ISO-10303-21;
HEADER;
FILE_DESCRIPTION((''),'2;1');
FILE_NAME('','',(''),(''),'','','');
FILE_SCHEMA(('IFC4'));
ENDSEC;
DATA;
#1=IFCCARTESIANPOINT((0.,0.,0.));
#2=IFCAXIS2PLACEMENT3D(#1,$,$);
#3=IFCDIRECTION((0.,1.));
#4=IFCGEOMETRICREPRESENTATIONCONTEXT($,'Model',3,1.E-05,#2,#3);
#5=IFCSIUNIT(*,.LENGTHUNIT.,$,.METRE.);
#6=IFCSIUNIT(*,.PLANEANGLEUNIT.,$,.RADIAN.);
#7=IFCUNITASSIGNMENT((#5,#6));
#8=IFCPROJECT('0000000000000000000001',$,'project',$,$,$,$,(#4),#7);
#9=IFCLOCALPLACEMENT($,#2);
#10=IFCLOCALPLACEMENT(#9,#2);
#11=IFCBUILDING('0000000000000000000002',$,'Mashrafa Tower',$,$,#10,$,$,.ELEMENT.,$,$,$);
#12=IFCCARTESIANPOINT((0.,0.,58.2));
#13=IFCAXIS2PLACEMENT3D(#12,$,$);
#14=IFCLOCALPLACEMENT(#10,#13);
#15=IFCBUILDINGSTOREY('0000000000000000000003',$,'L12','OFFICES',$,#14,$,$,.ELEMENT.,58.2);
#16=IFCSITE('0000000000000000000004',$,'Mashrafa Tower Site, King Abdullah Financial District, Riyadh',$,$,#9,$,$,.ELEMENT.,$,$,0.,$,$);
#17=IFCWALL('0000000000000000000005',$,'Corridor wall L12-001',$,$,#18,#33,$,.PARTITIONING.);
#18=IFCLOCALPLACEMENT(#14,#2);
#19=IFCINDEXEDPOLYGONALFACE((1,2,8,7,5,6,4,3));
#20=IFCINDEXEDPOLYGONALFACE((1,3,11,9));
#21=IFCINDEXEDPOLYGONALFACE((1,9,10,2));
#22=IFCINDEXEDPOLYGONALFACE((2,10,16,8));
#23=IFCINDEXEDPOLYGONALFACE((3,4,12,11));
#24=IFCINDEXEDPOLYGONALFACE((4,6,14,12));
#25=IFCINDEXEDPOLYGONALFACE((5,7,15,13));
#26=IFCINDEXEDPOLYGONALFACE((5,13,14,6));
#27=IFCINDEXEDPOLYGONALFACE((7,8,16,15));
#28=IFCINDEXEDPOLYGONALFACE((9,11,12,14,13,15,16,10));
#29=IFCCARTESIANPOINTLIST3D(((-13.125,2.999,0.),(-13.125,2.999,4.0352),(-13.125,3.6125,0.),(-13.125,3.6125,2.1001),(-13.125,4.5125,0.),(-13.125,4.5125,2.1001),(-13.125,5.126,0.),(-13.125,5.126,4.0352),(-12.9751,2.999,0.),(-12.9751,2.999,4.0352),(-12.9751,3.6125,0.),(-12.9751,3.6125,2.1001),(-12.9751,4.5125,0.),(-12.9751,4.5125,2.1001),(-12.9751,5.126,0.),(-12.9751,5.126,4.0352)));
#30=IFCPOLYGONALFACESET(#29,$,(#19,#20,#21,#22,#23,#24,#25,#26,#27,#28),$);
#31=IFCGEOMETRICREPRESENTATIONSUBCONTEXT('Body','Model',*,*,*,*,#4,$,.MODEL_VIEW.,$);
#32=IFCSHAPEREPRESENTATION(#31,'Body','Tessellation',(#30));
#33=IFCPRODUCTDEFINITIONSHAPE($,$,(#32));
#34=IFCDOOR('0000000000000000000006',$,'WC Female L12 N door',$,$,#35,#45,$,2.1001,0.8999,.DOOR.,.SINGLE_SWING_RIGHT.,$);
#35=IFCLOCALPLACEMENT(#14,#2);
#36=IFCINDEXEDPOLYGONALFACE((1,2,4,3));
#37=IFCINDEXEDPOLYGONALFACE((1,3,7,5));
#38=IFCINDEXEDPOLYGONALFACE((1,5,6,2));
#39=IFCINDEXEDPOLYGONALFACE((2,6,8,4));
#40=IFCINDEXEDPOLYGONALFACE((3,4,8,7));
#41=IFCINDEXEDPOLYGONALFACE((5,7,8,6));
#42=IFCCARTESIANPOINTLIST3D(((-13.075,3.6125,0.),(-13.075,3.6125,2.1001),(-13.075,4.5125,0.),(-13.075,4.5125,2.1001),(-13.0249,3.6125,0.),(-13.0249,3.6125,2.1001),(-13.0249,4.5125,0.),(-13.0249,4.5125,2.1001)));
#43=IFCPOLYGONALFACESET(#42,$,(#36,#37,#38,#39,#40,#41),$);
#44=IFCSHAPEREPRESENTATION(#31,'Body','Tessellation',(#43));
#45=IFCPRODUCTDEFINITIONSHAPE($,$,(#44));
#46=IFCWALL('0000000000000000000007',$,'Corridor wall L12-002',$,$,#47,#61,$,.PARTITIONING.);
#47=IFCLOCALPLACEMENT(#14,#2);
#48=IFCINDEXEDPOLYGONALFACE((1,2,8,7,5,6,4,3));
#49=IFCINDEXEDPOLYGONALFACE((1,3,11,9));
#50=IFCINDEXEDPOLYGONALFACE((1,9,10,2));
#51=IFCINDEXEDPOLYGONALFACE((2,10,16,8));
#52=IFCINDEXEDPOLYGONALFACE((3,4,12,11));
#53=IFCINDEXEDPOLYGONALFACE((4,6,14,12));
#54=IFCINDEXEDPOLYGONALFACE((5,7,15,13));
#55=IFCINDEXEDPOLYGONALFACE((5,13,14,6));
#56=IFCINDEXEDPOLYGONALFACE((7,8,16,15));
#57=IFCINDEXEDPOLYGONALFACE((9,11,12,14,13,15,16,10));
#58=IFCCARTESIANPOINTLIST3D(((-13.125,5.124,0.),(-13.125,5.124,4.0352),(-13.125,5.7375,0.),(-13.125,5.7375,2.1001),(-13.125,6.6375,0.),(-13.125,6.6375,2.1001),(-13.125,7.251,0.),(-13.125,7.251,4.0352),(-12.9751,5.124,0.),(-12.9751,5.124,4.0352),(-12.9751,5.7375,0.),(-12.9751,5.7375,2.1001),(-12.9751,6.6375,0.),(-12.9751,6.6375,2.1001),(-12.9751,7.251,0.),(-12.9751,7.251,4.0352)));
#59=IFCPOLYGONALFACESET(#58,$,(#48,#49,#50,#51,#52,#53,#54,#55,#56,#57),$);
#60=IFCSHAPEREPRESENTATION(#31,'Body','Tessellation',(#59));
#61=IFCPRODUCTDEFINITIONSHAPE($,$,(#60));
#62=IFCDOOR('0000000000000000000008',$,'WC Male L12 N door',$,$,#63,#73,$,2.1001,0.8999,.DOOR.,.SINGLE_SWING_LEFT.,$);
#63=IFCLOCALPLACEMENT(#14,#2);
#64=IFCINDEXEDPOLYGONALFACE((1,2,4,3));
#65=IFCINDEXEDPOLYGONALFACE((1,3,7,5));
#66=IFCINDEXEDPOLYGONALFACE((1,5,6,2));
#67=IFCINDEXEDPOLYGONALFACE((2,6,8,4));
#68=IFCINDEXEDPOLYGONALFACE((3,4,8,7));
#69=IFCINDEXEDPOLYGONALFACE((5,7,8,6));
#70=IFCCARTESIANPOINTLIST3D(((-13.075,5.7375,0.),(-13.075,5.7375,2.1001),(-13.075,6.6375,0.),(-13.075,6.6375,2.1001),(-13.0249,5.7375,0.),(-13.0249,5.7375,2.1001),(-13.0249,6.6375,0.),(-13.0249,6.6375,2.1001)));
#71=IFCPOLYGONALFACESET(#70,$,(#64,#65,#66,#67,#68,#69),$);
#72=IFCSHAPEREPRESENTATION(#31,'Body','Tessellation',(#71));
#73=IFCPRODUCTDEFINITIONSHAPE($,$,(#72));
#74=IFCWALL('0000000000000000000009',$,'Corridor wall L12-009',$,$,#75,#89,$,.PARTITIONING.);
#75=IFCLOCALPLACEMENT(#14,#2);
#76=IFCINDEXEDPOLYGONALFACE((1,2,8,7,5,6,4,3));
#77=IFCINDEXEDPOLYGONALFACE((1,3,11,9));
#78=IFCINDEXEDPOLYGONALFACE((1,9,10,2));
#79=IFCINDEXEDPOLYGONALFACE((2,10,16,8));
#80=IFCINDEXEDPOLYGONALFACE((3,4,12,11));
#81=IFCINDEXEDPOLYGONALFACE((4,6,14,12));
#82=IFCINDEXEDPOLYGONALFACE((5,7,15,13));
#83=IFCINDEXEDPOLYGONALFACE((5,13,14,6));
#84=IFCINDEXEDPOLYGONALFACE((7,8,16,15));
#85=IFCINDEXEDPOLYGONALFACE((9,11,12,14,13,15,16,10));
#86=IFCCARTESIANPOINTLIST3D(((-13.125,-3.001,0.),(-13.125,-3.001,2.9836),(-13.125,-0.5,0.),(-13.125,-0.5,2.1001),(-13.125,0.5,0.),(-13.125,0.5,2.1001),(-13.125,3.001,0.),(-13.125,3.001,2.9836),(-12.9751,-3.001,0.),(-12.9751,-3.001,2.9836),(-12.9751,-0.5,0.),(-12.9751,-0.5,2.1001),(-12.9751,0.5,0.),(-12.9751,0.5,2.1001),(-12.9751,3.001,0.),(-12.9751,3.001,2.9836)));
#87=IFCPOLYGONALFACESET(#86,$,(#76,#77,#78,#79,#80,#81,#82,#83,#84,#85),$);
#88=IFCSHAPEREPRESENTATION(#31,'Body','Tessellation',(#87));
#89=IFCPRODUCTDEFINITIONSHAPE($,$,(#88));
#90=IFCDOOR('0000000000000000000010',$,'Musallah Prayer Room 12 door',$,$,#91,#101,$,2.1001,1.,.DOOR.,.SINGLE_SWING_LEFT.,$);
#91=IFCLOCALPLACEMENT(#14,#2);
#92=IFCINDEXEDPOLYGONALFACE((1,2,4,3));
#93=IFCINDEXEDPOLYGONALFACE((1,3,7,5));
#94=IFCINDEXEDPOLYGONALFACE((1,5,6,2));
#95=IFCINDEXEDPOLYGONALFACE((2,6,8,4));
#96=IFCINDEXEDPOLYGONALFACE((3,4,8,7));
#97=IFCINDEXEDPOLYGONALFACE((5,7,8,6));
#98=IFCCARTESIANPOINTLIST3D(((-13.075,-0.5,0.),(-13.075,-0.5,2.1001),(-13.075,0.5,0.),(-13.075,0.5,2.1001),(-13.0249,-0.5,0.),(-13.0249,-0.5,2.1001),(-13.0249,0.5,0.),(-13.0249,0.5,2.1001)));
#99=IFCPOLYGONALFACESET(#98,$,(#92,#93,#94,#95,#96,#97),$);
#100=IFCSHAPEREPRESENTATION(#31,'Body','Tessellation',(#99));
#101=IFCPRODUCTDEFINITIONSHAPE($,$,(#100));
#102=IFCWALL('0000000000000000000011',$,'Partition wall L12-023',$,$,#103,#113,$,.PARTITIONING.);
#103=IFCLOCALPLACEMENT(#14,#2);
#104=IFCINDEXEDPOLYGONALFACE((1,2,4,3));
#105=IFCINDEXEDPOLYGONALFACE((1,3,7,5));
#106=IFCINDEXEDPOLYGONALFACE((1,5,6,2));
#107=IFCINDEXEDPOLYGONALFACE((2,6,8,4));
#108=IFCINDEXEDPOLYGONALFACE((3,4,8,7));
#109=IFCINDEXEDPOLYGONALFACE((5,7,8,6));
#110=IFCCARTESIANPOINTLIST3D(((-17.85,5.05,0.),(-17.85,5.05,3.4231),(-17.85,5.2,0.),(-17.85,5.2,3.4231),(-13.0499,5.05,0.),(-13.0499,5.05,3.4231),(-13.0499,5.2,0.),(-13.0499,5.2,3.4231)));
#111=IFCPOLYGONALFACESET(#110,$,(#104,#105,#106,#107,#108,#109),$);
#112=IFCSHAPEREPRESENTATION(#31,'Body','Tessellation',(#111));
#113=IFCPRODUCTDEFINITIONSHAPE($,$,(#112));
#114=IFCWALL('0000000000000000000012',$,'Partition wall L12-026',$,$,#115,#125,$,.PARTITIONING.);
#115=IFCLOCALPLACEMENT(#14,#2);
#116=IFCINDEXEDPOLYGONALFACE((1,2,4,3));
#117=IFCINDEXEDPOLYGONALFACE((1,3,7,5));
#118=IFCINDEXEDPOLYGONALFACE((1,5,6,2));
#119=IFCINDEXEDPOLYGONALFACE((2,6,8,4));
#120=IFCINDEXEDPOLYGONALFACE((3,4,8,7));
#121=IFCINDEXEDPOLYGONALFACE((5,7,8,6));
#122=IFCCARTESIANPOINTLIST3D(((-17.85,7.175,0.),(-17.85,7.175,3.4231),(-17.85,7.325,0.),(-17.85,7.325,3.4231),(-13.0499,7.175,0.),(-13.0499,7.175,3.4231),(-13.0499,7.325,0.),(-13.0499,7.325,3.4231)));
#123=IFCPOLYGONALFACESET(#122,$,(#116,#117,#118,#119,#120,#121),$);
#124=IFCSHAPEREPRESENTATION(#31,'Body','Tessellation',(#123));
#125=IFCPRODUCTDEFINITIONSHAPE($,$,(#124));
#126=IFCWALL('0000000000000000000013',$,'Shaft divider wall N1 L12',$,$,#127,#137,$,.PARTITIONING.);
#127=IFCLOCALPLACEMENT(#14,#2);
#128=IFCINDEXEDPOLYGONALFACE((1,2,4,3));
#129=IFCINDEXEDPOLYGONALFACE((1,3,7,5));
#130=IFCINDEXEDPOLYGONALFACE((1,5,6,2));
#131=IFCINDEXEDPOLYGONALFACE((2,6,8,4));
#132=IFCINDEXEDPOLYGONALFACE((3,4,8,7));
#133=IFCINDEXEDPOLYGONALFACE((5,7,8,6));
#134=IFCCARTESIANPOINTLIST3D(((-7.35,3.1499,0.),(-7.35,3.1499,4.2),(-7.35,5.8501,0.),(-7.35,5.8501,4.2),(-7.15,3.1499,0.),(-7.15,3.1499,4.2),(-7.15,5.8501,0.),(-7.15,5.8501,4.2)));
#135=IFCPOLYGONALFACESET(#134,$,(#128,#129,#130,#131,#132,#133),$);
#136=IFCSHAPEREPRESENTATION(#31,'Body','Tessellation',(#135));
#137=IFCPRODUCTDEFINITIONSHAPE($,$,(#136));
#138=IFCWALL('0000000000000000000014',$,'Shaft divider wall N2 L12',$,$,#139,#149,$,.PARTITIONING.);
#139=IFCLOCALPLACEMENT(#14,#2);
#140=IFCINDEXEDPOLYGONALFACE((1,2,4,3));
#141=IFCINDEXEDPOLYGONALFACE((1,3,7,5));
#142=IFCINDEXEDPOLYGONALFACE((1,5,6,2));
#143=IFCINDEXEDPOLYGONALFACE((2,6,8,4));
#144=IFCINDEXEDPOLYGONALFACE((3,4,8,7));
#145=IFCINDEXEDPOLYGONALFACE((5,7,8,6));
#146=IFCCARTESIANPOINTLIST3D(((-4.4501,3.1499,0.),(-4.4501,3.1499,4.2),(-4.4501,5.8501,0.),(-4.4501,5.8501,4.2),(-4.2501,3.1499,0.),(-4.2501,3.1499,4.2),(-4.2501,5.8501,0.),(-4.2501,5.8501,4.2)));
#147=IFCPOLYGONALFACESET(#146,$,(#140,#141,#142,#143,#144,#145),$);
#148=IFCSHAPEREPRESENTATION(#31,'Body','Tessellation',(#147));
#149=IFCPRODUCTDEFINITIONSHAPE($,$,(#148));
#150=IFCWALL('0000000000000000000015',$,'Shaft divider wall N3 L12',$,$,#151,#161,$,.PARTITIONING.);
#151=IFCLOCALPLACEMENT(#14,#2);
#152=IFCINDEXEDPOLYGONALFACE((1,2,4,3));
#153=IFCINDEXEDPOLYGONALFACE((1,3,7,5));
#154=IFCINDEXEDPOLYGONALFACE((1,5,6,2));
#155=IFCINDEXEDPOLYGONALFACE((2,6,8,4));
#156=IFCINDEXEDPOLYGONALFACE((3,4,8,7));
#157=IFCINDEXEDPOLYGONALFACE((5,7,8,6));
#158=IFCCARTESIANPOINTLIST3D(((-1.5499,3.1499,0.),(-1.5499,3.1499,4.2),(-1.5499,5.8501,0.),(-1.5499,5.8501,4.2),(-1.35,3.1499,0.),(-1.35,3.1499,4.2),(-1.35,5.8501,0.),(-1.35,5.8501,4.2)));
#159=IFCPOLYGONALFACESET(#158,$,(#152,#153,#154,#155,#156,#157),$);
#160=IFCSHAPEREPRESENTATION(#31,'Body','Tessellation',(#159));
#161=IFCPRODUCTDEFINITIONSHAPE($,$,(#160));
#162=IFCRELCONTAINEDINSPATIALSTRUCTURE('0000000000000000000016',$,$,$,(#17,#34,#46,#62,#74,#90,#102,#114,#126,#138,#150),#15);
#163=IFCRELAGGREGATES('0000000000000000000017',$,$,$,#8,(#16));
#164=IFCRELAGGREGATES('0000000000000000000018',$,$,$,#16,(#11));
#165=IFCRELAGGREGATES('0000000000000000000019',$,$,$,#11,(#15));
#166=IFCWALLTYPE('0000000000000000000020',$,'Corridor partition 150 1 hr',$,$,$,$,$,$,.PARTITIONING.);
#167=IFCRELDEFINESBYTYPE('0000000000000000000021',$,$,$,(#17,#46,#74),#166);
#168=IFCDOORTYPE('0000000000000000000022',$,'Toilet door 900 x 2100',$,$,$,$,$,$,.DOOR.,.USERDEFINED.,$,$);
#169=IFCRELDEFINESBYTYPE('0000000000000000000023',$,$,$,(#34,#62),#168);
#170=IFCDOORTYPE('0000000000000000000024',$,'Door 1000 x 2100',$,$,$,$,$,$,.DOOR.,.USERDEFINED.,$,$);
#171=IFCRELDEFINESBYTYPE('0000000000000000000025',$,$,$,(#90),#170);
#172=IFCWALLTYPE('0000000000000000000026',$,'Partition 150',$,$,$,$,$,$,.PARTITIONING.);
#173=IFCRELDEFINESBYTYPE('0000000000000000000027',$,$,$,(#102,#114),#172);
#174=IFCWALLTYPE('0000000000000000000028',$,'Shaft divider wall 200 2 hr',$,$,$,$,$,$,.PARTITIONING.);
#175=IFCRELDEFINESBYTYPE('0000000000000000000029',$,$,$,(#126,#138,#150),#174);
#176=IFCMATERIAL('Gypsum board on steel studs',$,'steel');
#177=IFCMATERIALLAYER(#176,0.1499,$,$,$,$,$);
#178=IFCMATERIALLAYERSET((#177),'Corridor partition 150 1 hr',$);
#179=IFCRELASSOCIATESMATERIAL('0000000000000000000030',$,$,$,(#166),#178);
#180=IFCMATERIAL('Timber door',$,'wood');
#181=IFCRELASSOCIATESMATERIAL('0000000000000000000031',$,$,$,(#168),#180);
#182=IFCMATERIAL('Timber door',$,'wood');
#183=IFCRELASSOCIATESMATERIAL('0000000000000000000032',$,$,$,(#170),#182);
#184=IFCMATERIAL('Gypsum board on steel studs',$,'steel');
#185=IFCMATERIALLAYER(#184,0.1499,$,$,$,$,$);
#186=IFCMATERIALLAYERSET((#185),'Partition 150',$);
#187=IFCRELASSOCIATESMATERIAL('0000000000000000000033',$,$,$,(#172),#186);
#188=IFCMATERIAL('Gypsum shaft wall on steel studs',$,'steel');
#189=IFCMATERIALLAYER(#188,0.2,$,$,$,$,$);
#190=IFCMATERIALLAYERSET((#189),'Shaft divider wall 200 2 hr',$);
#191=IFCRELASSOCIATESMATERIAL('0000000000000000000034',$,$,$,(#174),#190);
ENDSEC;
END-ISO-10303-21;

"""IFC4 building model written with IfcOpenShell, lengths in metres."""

from ifc_helpers import new_model, si_unit, direction, frame, frame_2d, origin, place, context, subcontext, project, spatial, rectangle, extrude, material, layer, layer_set, type_object, element, fill, save


model = new_model("IFC4")

# Units and contexts
model_context = context("Model", 3, precision=1e-05, world=origin(), true_north=direction((0.0, 1.0)))
body_context = subcontext(model_context, "Body", "Model", "MODEL_VIEW")
ifc_project = project(units=[si_unit("LENGTHUNIT", "METRE"), si_unit("PLANEANGLEUNIT", "RADIAN")], contexts=[model_context])

# Site, building, storey
site_placement = place(None, origin())
site = spatial("IfcSite", under=ifc_project, at=site_placement, Name="Mashrafa Tower Site, King Abdullah Financial District, Riyadh", CompositionType="ELEMENT", RefElevation=0.0)
building_placement = place(site_placement, origin())
building = spatial("IfcBuilding", under=site, at=building_placement, Name="Mashrafa Tower", CompositionType="ELEMENT")
storey_placement = place(building_placement, frame((0.0, 0.0, 58.2)))
storey = spatial("IfcBuildingStorey", under=building, at=storey_placement, Name="L12", Description="OFFICES", CompositionType="ELEMENT", Elevation=58.2)

# Walls, openings, doors
ifc_material_1 = material(Name="Gypsum board on steel studs", Category="steel")
ifc_layer_1 = layer(ifc_material_1, 0.1499)
ifc_layer_set_1 = layer_set([ifc_layer_1], Name="Corridor partition 150 1 hr")
wall_type_1 = type_object("IfcWallType", Name="Corridor partition 150 1 hr", PredefinedType="PARTITIONING", material=ifc_layer_set_1)
wall_1_placement = place(storey_placement, frame((-13.05, 5.126, 0.0), z_axis=(0.0, 0.0, 1.0), x_axis=(0.0, -1.0, 0.0)))
wall_1 = element("IfcWall", 1, at=wall_1_placement, inside=storey, type_object=wall_type_1, Name="Corridor wall L12-001", PredefinedType="PARTITIONING", context=body_context, shape_type="SweptSolid", body=[
    extrude(rectangle(XDim=2.127, YDim=0.1499, at=frame_2d((1.0635, 0.0))), origin(), (0.0, 0.0, 1.0), 4.0352),
])
opening_1_placement = place(wall_1_placement, frame((0.6135, 0.0, 0.0)))
opening_1 = element("IfcOpeningElement", 2, at=opening_1_placement, cuts=wall_1, PredefinedType="OPENING", context=body_context, shape_type="SweptSolid", body=[
    extrude(rectangle(XDim=0.8999, YDim=2.1001, at=frame_2d((0.45, 1.05))), frame((0.0, 0.085, 0.0), z_axis=(0.0, -1.0, 0.0), x_axis=(1.0, 0.0, 0.0)), (0.0, 0.0, 1.0), 0.1699),
])
ifc_material_2 = material(Name="Timber door", Category="wood")
door_type_1 = type_object("IfcDoorType", Name="Toilet door 900 x 2100", OperationType="USERDEFINED", PredefinedType="DOOR", material=ifc_material_2)
door_1_placement = place(opening_1_placement, frame((0.8999, 0.0, 0.0), z_axis=(0.0, 0.0, 1.0), x_axis=(-1.0, 0.0, 0.0)))
door_1 = element("IfcDoor", 3, at=door_1_placement, inside=storey, type_object=door_type_1, Name="WC Female L12 N door", OperationType="SINGLE_SWING_RIGHT", OverallHeight=2.1001, OverallWidth=0.8999, PredefinedType="DOOR", context=body_context, shape_type="SweptSolid", body=[
    extrude(rectangle(XDim=0.8999, YDim=2.1001, at=frame_2d((0.45, 1.05))), frame((0.0, 0.0249, 0.0), z_axis=(0.0, -1.0, 0.0), x_axis=(1.0, 0.0, 0.0)), (0.0, 0.0, 1.0), 0.05),
])
fill(opening_1, door_1)
wall_2_placement = place(storey_placement, frame((-13.05, 7.251, 0.0), z_axis=(0.0, 0.0, 1.0), x_axis=(0.0, -1.0, 0.0)))
wall_2 = element("IfcWall", 4, at=wall_2_placement, inside=storey, type_object=wall_type_1, Name="Corridor wall L12-002", PredefinedType="PARTITIONING", context=body_context, shape_type="SweptSolid", body=[
    extrude(rectangle(XDim=2.127, YDim=0.1499, at=frame_2d((1.0635, 0.0))), origin(), (0.0, 0.0, 1.0), 4.0352),
])
opening_2_placement = place(wall_2_placement, frame((0.6135, 0.0, 0.0)))
opening_2 = element("IfcOpeningElement", 5, at=opening_2_placement, cuts=wall_2, PredefinedType="OPENING", context=body_context, shape_type="SweptSolid", body=[
    extrude(rectangle(XDim=0.8999, YDim=2.1001, at=frame_2d((0.45, 1.05))), frame((0.0, 0.085, 0.0), z_axis=(0.0, -1.0, 0.0), x_axis=(1.0, 0.0, 0.0)), (0.0, 0.0, 1.0), 0.1699),
])
door_2_placement = place(opening_2_placement, frame((0.8999, 0.0, 0.0), z_axis=(0.0, 0.0, 1.0), x_axis=(-1.0, 0.0, 0.0)))
door_2 = element("IfcDoor", 6, at=door_2_placement, inside=storey, type_object=door_type_1, Name="WC Male L12 N door", OperationType="SINGLE_SWING_LEFT", OverallHeight=2.1001, OverallWidth=0.8999, PredefinedType="DOOR", context=body_context, shape_type="SweptSolid", body=[
    extrude(rectangle(XDim=0.8999, YDim=2.1001, at=frame_2d((0.45, 1.05))), frame((0.0, 0.0249, 0.0), z_axis=(0.0, -1.0, 0.0), x_axis=(1.0, 0.0, 0.0)), (0.0, 0.0, 1.0), 0.05),
])
fill(opening_2, door_2)
wall_3_placement = place(storey_placement, frame((-13.05, 3.001, 0.0), z_axis=(0.0, 0.0, 1.0), x_axis=(0.0, -1.0, 0.0)))
wall_3 = element("IfcWall", 7, at=wall_3_placement, inside=storey, type_object=wall_type_1, Name="Corridor wall L12-009", PredefinedType="PARTITIONING", context=body_context, shape_type="SweptSolid", body=[
    extrude(rectangle(XDim=6.002, YDim=0.1499, at=frame_2d((3.001, 0.0))), origin(), (0.0, 0.0, 1.0), 2.9836),
])
opening_3_placement = place(wall_3_placement, frame((2.501, 0.0, 0.0)))
opening_3 = element("IfcOpeningElement", 8, at=opening_3_placement, cuts=wall_3, PredefinedType="OPENING", context=body_context, shape_type="SweptSolid", body=[
    extrude(rectangle(XDim=1.0, YDim=2.1001, at=frame_2d((0.5, 1.05))), frame((0.0, 0.085, 0.0), z_axis=(0.0, -1.0, 0.0), x_axis=(1.0, 0.0, 0.0)), (0.0, 0.0, 1.0), 0.1699),
])
ifc_material_3 = material(Name="Timber door", Category="wood")
door_type_2 = type_object("IfcDoorType", Name="Door 1000 x 2100", OperationType="USERDEFINED", PredefinedType="DOOR", material=ifc_material_3)
door_3_placement = place(opening_3_placement, frame((1.0, 0.0, 0.0), z_axis=(0.0, 0.0, 1.0), x_axis=(-1.0, 0.0, 0.0)))
door_3 = element("IfcDoor", 9, at=door_3_placement, inside=storey, type_object=door_type_2, Name="Musallah Prayer Room 12 door", OperationType="SINGLE_SWING_LEFT", OverallHeight=2.1001, OverallWidth=1.0, PredefinedType="DOOR", context=body_context, shape_type="SweptSolid", body=[
    extrude(rectangle(XDim=1.0, YDim=2.1001, at=frame_2d((0.5, 1.05))), frame((0.0, 0.0249, 0.0), z_axis=(0.0, -1.0, 0.0), x_axis=(1.0, 0.0, 0.0)), (0.0, 0.0, 1.0), 0.05),
])
fill(opening_3, door_3)

# Walls
ifc_material_4 = material(Name="Gypsum board on steel studs", Category="steel")
ifc_layer_2 = layer(ifc_material_4, 0.1499)
ifc_layer_set_2 = layer_set([ifc_layer_2], Name="Partition 150")
wall_type_2 = type_object("IfcWallType", Name="Partition 150", PredefinedType="PARTITIONING", material=ifc_layer_set_2)
for number, where, z_axis, x_axis, name in (
    (10, (-13.05, 5.125, 0.0), (0.0, 0.0, 1.0), (-1.0, 0.0, 0.0), "Partition wall L12-023"),
    (11, (-13.05, 7.25, 0.0), (0.0, 0.0, 1.0), (-1.0, 0.0, 0.0), "Partition wall L12-026"),
):
    element("IfcWall", number, at=place(storey_placement, frame(where, z_axis=z_axis, x_axis=x_axis)), inside=storey, type_object=wall_type_2, Name=name, PredefinedType="PARTITIONING", context=body_context, shape_type="SweptSolid", body=[
        extrude(rectangle(XDim=4.8, YDim=0.1499, at=frame_2d((2.3999, 0.0))), origin(), (0.0, 0.0, 1.0), 3.4231),
    ])
ifc_material_5 = material(Name="Gypsum shaft wall on steel studs", Category="steel")
ifc_layer_3 = layer(ifc_material_5, 0.2)
ifc_layer_set_3 = layer_set([ifc_layer_3], Name="Shaft divider wall 200 2 hr")
wall_type_3 = type_object("IfcWallType", Name="Shaft divider wall 200 2 hr", PredefinedType="PARTITIONING", material=ifc_layer_set_3)
for number, where, z_axis, x_axis, name in (
    (12, (-7.25, 3.1499, 0.0), (0.0, 0.0, 1.0), (0.0, 1.0, 0.0), "Shaft divider wall N1 L12"),
    (13, (-4.3501, 3.1499, 0.0), (0.0, 0.0, 1.0), (0.0, 1.0, 0.0), "Shaft divider wall N2 L12"),
    (14, (-1.45, 3.1499, 0.0), (0.0, 0.0, 1.0), (0.0, 1.0, 0.0), "Shaft divider wall N3 L12"),
):
    element("IfcWall", number, at=place(storey_placement, frame(where, z_axis=z_axis, x_axis=x_axis)), inside=storey, type_object=wall_type_3, Name=name, PredefinedType="PARTITIONING", context=body_context, shape_type="SweptSolid", body=[
        extrude(rectangle(XDim=2.7002, YDim=0.2, at=frame_2d((1.3501, 0.0))), origin(), (0.0, 0.0, 1.0), 4.2),
    ])

save(model, "model.ifc")
